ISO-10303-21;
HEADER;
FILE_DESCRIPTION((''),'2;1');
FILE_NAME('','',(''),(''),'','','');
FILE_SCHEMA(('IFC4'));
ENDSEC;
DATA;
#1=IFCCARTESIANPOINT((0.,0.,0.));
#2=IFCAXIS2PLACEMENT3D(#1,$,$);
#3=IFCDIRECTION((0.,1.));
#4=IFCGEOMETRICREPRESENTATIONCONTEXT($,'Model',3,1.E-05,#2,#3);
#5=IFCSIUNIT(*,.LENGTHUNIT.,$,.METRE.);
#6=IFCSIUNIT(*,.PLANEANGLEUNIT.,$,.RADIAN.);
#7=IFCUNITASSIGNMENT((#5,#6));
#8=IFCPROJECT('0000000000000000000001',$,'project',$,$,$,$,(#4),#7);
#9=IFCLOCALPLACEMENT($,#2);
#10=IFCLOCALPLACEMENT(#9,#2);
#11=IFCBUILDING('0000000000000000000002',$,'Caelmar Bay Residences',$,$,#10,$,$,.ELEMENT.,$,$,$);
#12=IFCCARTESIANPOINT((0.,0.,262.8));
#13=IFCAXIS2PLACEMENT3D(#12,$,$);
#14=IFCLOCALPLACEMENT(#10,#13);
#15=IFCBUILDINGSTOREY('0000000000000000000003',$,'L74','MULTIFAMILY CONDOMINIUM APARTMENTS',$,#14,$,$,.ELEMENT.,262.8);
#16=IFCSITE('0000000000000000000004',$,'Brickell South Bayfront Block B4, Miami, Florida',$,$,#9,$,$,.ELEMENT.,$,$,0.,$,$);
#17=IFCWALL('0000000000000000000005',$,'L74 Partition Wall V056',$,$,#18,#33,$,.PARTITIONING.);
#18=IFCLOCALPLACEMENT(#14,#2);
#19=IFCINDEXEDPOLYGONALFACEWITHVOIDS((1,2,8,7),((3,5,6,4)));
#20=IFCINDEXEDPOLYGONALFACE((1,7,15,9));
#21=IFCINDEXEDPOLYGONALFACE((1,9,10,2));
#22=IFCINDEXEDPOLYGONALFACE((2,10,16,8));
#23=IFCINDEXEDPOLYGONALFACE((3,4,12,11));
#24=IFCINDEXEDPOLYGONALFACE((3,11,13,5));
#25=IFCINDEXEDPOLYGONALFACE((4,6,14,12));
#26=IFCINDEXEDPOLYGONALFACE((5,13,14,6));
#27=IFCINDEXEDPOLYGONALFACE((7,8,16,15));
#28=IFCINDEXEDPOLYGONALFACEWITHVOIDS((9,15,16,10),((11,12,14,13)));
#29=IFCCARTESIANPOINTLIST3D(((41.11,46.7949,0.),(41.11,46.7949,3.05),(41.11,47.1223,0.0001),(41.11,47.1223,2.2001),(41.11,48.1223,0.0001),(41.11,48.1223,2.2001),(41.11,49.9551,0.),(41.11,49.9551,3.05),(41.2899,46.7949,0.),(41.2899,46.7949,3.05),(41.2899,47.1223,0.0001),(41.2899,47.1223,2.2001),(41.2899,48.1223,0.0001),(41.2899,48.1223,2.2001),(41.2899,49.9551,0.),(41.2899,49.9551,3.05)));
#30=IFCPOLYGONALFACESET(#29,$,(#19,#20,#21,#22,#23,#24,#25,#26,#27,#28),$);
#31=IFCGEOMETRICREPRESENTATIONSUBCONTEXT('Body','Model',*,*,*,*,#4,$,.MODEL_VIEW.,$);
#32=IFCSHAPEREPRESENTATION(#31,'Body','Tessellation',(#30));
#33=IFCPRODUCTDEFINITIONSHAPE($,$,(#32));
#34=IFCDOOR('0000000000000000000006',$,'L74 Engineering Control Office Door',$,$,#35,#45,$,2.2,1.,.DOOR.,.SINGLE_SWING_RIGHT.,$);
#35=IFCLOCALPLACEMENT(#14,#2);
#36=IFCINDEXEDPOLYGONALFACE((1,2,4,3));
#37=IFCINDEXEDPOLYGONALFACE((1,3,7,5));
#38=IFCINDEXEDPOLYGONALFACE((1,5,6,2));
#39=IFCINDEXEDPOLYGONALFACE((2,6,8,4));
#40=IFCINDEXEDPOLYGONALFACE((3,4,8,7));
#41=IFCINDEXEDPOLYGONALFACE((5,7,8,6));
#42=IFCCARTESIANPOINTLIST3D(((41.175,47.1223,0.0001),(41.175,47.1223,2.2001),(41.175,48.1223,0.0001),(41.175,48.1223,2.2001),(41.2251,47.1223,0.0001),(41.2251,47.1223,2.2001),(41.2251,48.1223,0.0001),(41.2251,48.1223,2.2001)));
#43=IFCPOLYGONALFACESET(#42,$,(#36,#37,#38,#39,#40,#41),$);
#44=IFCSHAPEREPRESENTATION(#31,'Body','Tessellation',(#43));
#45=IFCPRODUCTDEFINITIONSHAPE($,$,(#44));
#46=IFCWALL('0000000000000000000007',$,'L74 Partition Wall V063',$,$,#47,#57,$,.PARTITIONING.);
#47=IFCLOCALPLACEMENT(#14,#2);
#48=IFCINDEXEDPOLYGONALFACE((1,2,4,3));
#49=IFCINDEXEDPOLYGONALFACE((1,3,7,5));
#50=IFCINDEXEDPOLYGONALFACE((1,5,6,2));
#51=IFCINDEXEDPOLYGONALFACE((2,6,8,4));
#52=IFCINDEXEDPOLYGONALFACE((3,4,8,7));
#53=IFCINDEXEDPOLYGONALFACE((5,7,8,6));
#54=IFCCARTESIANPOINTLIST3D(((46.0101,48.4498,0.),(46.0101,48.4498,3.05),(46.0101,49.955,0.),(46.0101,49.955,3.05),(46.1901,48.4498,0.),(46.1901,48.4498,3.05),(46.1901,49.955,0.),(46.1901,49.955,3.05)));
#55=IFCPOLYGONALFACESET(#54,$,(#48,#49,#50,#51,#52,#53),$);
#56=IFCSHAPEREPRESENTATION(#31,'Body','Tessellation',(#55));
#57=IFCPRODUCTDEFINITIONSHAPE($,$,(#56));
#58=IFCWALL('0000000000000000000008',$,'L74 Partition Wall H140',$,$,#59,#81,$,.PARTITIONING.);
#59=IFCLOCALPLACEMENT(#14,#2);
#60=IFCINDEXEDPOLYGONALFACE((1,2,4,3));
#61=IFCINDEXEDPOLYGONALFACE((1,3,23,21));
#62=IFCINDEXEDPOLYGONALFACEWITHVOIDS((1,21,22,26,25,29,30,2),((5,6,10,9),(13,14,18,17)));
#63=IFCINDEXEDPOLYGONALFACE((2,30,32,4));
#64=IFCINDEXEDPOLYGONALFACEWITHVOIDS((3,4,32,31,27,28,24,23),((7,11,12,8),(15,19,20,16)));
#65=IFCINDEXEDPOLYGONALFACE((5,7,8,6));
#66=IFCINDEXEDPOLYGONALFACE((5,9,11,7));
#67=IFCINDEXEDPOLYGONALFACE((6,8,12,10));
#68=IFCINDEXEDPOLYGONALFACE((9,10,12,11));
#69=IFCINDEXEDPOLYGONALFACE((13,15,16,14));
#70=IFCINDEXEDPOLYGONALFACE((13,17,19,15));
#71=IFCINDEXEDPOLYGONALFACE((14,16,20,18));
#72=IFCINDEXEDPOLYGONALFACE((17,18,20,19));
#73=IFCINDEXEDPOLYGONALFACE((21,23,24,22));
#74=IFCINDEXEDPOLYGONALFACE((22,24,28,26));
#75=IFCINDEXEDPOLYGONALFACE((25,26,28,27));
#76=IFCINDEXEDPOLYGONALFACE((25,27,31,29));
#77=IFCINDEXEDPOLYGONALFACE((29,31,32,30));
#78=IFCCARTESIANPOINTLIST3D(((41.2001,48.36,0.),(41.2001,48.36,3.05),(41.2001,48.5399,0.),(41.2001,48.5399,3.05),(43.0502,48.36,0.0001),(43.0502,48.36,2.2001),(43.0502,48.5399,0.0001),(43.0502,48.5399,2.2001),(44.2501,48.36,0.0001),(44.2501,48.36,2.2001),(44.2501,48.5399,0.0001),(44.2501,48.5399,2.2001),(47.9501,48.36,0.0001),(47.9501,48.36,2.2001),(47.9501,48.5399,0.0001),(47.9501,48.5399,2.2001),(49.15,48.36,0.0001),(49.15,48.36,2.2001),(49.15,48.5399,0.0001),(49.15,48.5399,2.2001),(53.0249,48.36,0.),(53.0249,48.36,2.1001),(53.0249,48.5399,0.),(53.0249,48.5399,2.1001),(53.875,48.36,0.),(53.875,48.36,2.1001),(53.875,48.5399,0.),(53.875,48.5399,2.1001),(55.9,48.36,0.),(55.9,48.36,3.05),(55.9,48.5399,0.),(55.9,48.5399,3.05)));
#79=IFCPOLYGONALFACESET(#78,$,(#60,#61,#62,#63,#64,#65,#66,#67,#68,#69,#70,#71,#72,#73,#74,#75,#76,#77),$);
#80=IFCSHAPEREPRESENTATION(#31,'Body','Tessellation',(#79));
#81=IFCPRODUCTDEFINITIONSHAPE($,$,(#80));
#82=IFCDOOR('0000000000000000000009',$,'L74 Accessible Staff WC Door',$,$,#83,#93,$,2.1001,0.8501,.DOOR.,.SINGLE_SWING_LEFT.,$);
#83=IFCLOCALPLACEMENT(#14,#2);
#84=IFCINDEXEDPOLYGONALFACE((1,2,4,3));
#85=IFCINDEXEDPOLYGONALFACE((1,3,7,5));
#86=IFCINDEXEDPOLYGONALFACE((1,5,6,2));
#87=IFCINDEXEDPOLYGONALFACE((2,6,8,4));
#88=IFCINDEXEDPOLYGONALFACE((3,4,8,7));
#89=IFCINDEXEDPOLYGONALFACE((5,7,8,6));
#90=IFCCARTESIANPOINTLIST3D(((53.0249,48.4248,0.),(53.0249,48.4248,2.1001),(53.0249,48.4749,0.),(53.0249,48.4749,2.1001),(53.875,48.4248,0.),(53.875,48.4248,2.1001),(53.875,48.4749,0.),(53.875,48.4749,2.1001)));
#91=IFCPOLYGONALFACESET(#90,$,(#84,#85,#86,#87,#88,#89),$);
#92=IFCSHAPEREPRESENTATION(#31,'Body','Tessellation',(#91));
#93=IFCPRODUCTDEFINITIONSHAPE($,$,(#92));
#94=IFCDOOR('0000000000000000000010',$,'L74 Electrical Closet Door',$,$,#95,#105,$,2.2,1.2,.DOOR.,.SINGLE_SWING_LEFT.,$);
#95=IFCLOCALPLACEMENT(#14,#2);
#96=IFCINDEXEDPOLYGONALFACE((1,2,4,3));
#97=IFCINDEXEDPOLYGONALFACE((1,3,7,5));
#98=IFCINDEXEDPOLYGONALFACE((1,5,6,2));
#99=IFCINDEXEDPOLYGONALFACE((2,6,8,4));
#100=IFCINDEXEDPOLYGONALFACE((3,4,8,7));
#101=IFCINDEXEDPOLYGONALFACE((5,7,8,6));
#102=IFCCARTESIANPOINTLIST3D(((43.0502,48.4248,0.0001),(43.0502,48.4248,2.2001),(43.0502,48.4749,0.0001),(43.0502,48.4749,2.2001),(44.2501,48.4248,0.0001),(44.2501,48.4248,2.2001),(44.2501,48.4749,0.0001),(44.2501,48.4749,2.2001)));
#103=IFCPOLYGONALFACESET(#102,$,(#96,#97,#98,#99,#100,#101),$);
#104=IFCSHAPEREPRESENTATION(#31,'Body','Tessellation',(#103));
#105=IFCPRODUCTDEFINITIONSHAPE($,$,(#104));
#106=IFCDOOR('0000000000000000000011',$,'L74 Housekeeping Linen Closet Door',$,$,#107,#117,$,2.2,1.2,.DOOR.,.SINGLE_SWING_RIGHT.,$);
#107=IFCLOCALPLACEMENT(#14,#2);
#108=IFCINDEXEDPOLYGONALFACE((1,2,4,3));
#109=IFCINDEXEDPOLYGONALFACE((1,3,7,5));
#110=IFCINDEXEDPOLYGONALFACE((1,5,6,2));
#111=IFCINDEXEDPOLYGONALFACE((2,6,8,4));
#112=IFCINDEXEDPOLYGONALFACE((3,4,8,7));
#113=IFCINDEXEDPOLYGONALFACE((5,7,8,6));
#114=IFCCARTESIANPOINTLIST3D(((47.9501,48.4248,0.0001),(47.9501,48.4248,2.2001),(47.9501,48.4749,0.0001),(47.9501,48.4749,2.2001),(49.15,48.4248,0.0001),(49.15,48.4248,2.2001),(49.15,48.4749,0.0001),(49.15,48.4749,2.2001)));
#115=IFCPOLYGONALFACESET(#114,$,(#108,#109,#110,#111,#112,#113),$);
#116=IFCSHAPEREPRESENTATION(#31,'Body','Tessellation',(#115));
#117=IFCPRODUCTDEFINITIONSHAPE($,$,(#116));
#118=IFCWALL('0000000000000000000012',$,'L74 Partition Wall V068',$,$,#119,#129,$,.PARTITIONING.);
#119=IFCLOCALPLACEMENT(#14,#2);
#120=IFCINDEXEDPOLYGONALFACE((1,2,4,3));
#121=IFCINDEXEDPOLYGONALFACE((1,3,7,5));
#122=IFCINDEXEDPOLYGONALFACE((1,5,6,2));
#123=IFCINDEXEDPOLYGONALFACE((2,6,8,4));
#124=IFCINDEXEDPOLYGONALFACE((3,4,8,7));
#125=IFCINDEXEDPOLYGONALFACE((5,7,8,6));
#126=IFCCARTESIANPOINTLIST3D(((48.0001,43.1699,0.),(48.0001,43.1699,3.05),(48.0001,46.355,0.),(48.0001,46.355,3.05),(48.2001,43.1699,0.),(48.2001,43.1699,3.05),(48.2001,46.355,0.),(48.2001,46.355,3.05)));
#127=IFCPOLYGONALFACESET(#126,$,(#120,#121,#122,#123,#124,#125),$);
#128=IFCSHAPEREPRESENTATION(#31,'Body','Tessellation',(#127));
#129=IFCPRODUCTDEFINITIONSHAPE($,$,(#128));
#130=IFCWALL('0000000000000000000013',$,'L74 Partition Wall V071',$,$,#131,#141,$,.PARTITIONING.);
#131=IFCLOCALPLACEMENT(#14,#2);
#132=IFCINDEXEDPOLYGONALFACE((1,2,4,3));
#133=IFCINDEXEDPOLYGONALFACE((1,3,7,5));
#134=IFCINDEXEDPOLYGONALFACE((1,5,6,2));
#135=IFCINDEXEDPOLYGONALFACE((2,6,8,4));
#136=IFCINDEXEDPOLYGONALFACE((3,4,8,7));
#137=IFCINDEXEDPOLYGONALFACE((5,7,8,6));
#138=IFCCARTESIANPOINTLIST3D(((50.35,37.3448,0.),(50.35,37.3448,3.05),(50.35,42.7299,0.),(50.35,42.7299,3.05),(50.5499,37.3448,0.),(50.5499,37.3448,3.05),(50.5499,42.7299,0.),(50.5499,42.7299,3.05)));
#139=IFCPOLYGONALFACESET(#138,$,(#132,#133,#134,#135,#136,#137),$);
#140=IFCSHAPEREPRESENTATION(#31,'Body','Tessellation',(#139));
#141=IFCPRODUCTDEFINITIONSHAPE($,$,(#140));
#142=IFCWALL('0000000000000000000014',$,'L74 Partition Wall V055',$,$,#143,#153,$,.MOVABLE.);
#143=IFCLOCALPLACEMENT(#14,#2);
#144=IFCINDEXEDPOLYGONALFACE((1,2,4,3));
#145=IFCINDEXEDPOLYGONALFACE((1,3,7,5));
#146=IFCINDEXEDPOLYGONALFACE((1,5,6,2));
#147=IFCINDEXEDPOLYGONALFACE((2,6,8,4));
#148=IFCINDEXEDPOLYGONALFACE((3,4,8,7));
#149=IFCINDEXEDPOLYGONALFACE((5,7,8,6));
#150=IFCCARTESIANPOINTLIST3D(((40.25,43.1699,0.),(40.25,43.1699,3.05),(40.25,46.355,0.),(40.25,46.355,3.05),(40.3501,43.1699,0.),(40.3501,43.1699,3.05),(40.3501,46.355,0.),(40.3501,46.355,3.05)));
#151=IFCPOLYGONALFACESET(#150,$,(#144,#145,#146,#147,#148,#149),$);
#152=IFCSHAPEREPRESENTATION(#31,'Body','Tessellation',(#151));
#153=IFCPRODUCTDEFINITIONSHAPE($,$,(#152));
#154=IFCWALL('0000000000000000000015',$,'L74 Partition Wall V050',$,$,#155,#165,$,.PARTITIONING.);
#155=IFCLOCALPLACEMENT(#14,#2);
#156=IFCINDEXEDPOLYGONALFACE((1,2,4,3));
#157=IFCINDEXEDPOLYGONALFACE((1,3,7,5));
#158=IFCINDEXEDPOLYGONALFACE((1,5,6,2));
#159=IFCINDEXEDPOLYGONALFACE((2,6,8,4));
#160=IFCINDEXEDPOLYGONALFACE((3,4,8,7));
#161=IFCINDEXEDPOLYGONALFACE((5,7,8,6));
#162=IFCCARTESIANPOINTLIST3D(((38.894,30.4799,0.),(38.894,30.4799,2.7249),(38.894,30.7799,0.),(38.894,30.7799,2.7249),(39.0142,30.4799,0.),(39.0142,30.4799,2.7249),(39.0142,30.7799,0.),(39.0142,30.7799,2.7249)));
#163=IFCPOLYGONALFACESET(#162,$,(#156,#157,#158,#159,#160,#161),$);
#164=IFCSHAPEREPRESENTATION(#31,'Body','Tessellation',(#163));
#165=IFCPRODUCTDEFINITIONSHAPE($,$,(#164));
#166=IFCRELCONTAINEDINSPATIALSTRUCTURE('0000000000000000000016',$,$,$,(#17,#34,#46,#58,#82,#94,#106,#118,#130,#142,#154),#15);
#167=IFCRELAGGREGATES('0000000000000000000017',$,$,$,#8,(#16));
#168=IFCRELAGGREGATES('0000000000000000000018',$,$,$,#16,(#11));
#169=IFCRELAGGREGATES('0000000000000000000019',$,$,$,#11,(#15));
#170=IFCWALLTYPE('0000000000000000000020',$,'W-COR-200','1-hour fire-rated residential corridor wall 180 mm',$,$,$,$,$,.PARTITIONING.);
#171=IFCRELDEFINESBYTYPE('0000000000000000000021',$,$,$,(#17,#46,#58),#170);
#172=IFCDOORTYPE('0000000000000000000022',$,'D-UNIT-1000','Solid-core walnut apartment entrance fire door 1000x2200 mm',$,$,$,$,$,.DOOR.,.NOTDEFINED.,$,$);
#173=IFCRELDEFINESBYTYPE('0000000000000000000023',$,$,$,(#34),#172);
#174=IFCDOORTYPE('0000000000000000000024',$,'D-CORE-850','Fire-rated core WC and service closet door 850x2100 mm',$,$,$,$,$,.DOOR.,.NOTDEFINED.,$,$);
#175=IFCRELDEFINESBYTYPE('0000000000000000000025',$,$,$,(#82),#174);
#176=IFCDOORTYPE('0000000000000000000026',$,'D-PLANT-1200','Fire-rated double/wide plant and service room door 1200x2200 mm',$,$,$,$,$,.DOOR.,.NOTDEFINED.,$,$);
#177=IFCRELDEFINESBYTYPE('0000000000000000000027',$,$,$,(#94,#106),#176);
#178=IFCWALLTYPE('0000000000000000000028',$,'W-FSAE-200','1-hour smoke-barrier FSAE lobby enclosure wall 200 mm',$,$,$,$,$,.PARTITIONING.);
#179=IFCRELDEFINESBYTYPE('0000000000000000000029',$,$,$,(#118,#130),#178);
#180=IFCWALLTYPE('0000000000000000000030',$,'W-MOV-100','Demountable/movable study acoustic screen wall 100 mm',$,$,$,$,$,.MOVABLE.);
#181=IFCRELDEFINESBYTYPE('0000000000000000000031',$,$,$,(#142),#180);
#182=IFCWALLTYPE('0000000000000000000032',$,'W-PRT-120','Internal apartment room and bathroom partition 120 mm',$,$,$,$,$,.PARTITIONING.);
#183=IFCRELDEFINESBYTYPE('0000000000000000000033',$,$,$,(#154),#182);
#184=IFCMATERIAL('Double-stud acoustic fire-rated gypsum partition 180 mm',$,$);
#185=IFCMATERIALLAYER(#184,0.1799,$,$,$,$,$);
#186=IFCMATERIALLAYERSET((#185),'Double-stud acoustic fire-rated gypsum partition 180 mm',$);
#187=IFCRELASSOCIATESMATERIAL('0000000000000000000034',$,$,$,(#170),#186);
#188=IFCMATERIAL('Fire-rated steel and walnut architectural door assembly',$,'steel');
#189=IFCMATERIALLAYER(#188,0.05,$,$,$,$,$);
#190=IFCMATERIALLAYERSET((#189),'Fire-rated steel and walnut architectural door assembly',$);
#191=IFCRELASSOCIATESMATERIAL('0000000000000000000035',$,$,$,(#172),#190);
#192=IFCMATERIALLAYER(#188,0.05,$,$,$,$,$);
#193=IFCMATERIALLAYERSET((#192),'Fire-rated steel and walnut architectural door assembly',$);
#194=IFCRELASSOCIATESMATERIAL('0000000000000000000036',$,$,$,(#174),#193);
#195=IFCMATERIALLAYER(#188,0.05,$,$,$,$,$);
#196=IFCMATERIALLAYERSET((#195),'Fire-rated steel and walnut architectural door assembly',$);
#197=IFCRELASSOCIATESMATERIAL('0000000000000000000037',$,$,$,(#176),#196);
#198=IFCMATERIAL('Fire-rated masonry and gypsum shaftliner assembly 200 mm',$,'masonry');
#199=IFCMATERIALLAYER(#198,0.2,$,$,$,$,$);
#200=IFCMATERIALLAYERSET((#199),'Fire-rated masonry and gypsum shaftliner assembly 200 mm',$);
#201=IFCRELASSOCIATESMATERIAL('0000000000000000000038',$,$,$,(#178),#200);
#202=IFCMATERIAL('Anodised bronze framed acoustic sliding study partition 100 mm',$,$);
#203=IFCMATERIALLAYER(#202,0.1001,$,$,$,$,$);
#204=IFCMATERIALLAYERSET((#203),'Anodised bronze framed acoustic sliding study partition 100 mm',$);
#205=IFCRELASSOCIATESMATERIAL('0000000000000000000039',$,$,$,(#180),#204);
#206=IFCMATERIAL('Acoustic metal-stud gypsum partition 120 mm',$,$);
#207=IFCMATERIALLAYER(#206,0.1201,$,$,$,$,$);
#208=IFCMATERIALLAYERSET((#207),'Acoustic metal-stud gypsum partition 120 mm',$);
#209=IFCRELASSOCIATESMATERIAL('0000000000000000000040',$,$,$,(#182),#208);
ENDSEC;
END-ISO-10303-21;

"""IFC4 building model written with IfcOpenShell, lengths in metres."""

from ifc_helpers import new_model, si_unit, direction, frame, frame_2d, origin, place, context, subcontext, project, spatial, rectangle, extrude, material, layer, layer_set, type_object, element, fill, save


model = new_model("IFC4")

# Units and contexts
model_context = context("Model", 3, precision=1e-05, world=origin(), true_north=direction((0.0, 1.0)))
body_context = subcontext(model_context, "Body", "Model", "MODEL_VIEW")
ifc_project = project(units=[si_unit("LENGTHUNIT", "METRE"), si_unit("PLANEANGLEUNIT", "RADIAN")], contexts=[model_context])

# Site, building, storey
site_placement = place(None, origin())
site = spatial("IfcSite", under=ifc_project, at=site_placement, Name="Brickell South Bayfront Block B4, Miami, Florida", CompositionType="ELEMENT", RefElevation=0.0)
building_placement = place(site_placement, origin())
building = spatial("IfcBuilding", under=site, at=building_placement, Name="Caelmar Bay Residences", CompositionType="ELEMENT")
storey_placement = place(building_placement, frame((0.0, 0.0, 262.8)))
storey = spatial("IfcBuildingStorey", under=building, at=storey_placement, Name="L74", Description="MULTIFAMILY CONDOMINIUM APARTMENTS", CompositionType="ELEMENT", Elevation=262.8)

# Wall, opening, door
ifc_material_1 = material(Name="Double-stud acoustic fire-rated gypsum partition 180 mm")
ifc_layer_1 = layer(ifc_material_1, 0.1799)
ifc_layer_set_1 = layer_set([ifc_layer_1], Name="Double-stud acoustic fire-rated gypsum partition 180 mm")
wall_type_1 = type_object("IfcWallType", Name="W-COR-200", Description="1-hour fire-rated residential corridor wall 180 mm", PredefinedType="PARTITIONING", material=ifc_layer_set_1)
wall_1_placement = place(storey_placement, frame((41.2, 46.7949, 0.0), z_axis=(0.0, 0.0, 1.0), x_axis=(0.0, 1.0, 0.0)))
wall_1 = element("IfcWall", 1, at=wall_1_placement, inside=storey, type_object=wall_type_1, Name="L74 Partition Wall V056", PredefinedType="PARTITIONING", context=body_context, shape_type="SweptSolid", body=[
    extrude(rectangle(XDim=3.1602, YDim=0.1799, at=frame_2d((1.5801, 0.0))), origin(), (0.0, 0.0, 1.0), 3.05),
])
opening_1_placement = place(wall_1_placement, frame((0.3274, 0.0, 0.0)))
opening_1 = element("IfcOpeningElement", 2, at=opening_1_placement, cuts=wall_1, PredefinedType="OPENING", context=body_context, shape_type="SweptSolid", body=[
    extrude(rectangle(XDim=1.0, YDim=2.2, at=frame_2d((0.5, 1.1001))), frame((0.0, 0.0999, 0.0), z_axis=(0.0, -1.0, 0.0), x_axis=(1.0, 0.0, 0.0)), (0.0, 0.0, 1.0), 0.2),
])
ifc_material_2 = material(Name="Fire-rated steel and walnut architectural door assembly", Category="steel")
ifc_layer_2 = layer(ifc_material_2, 0.05)
ifc_layer_set_2 = layer_set([ifc_layer_2], Name="Fire-rated steel and walnut architectural door assembly")
door_type_1 = type_object("IfcDoorType", Name="D-UNIT-1000", Description="Solid-core walnut apartment entrance fire door 1000x2200 mm", OperationType="NOTDEFINED", PredefinedType="DOOR", material=ifc_layer_set_2)
door_1_placement = place(opening_1_placement, origin())
door_1 = element("IfcDoor", 3, at=door_1_placement, inside=storey, type_object=door_type_1, Name="L74 Engineering Control Office Door", OperationType="SINGLE_SWING_RIGHT", OverallHeight=2.2, OverallWidth=1.0, PredefinedType="DOOR", context=body_context, shape_type="SweptSolid", body=[
    extrude(rectangle(XDim=1.0, YDim=2.2, at=frame_2d((0.5, 1.1001))), frame((0.0, 0.0249, 0.0), z_axis=(0.0, -1.0, 0.0), x_axis=(1.0, 0.0, 0.0)), (0.0, 0.0, 1.0), 0.05),
])
fill(opening_1, door_1)

# Wall
wall_2_placement = place(storey_placement, frame((46.1001, 48.45, 0.0), z_axis=(0.0, 0.0, 1.0), x_axis=(0.0, 1.0, 0.0)))
element("IfcWall", 4, at=wall_2_placement, inside=storey, type_object=wall_type_1, Name="L74 Partition Wall V063", PredefinedType="PARTITIONING", context=body_context, shape_type="SweptSolid", body=[
    extrude(rectangle(XDim=1.5051, YDim=0.1799, at=frame_2d((0.7524, 0.0))), origin(), (0.0, 0.0, 1.0), 3.05),
])

# Wall, openings, doors
wall_3_placement = place(storey_placement, frame((41.2, 48.45, 0.0), z_axis=(0.0, 0.0, 1.0), x_axis=(1.0, 0.0, 0.0)))
wall_3 = element("IfcWall", 5, at=wall_3_placement, inside=storey, type_object=wall_type_1, Name="L74 Partition Wall H140", PredefinedType="PARTITIONING", context=body_context, shape_type="SweptSolid", body=[
    extrude(rectangle(XDim=14.7, YDim=0.1799, at=frame_2d((7.3501, 0.0))), origin(), (0.0, 0.0, 1.0), 3.05),
])
opening_2_placement = place(wall_3_placement, frame((1.8501, 0.0, 0.0)))
opening_2 = element("IfcOpeningElement", 6, at=opening_2_placement, cuts=wall_3, PredefinedType="OPENING", context=body_context, shape_type="SweptSolid", body=[
    extrude(rectangle(XDim=1.2, YDim=2.2, at=frame_2d((0.6001, 1.1001))), frame((0.0, 0.0999, 0.0), z_axis=(0.0, -1.0, 0.0), x_axis=(1.0, 0.0, 0.0)), (0.0, 0.0, 1.0), 0.2),
])
opening_3_placement = place(wall_3_placement, frame((6.75, 0.0, 0.0)))
opening_3 = element("IfcOpeningElement", 7, at=opening_3_placement, cuts=wall_3, PredefinedType="OPENING", context=body_context, shape_type="SweptSolid", body=[
    extrude(rectangle(XDim=1.2, YDim=2.2, at=frame_2d((0.6001, 1.1001))), frame((0.0, 0.0999, 0.0), z_axis=(0.0, -1.0, 0.0), x_axis=(1.0, 0.0, 0.0)), (0.0, 0.0, 1.0), 0.2),
])
opening_4_placement = place(wall_3_placement, frame((11.825, 0.0, 0.0)))
opening_4 = element("IfcOpeningElement", 8, at=opening_4_placement, cuts=wall_3, PredefinedType="OPENING", context=body_context, shape_type="SweptSolid", body=[
    extrude(rectangle(XDim=0.8501, YDim=2.1001, at=frame_2d((0.425, 1.05))), frame((0.0, 0.0999, 0.0), z_axis=(0.0, -1.0, 0.0), x_axis=(1.0, 0.0, 0.0)), (0.0, 0.0, 1.0), 0.2),
])
ifc_layer_3 = layer(ifc_material_2, 0.05)
ifc_layer_set_3 = layer_set([ifc_layer_3], Name="Fire-rated steel and walnut architectural door assembly")
door_type_2 = type_object("IfcDoorType", Name="D-CORE-850", Description="Fire-rated core WC and service closet door 850x2100 mm", OperationType="NOTDEFINED", PredefinedType="DOOR", material=ifc_layer_set_3)
door_2_placement = place(opening_4_placement, origin())
door_2 = element("IfcDoor", 9, at=door_2_placement, inside=storey, type_object=door_type_2, Name="L74 Accessible Staff WC Door", OperationType="SINGLE_SWING_LEFT", OverallHeight=2.1001, OverallWidth=0.8501, PredefinedType="DOOR", context=body_context, shape_type="SweptSolid", body=[
    extrude(rectangle(XDim=0.8501, YDim=2.1001, at=frame_2d((0.425, 1.05))), frame((0.0, 0.0249, 0.0), z_axis=(0.0, -1.0, 0.0), x_axis=(1.0, 0.0, 0.0)), (0.0, 0.0, 1.0), 0.05),
])
fill(opening_4, door_2)
ifc_layer_4 = layer(ifc_material_2, 0.05)
ifc_layer_set_4 = layer_set([ifc_layer_4], Name="Fire-rated steel and walnut architectural door assembly")
door_type_3 = type_object("IfcDoorType", Name="D-PLANT-1200", Description="Fire-rated double/wide plant and service room door 1200x2200 mm", OperationType="NOTDEFINED", PredefinedType="DOOR", material=ifc_layer_set_4)
door_3_placement = place(opening_2_placement, origin())
door_3 = element("IfcDoor", 10, at=door_3_placement, inside=storey, type_object=door_type_3, Name="L74 Electrical Closet Door", OperationType="SINGLE_SWING_LEFT", OverallHeight=2.2, OverallWidth=1.2, PredefinedType="DOOR", context=body_context, shape_type="SweptSolid", body=[
    extrude(rectangle(XDim=1.2, YDim=2.2, at=frame_2d((0.6001, 1.1001))), frame((0.0, 0.0249, 0.0), z_axis=(0.0, -1.0, 0.0), x_axis=(1.0, 0.0, 0.0)), (0.0, 0.0, 1.0), 0.05),
])
fill(opening_2, door_3)
door_4_placement = place(opening_3_placement, origin())
door_4 = element("IfcDoor", 11, at=door_4_placement, inside=storey, type_object=door_type_3, Name="L74 Housekeeping Linen Closet Door", OperationType="SINGLE_SWING_RIGHT", OverallHeight=2.2, OverallWidth=1.2, PredefinedType="DOOR", context=body_context, shape_type="SweptSolid", body=[
    extrude(rectangle(XDim=1.2, YDim=2.2, at=frame_2d((0.6001, 1.1001))), frame((0.0, 0.0249, 0.0), z_axis=(0.0, -1.0, 0.0), x_axis=(1.0, 0.0, 0.0)), (0.0, 0.0, 1.0), 0.05),
])
fill(opening_3, door_4)

# Walls
ifc_material_3 = material(Name="Fire-rated masonry and gypsum shaftliner assembly 200 mm", Category="masonry")
ifc_layer_5 = layer(ifc_material_3, 0.2)
ifc_layer_set_5 = layer_set([ifc_layer_5], Name="Fire-rated masonry and gypsum shaftliner assembly 200 mm")
wall_type_2 = type_object("IfcWallType", Name="W-FSAE-200", Description="1-hour smoke-barrier FSAE lobby enclosure wall 200 mm", PredefinedType="PARTITIONING", material=ifc_layer_set_5)
wall_4_placement = place(storey_placement, frame((48.1001, 43.1699, 0.0), z_axis=(0.0, 0.0, 1.0), x_axis=(0.0, 1.0, 0.0)))
element("IfcWall", 12, at=wall_4_placement, inside=storey, type_object=wall_type_2, Name="L74 Partition Wall V068", PredefinedType="PARTITIONING", context=body_context, shape_type="SweptSolid", body=[
    extrude(rectangle(XDim=3.1851, YDim=0.2, at=frame_2d((1.5925, 0.0))), origin(), (0.0, 0.0, 1.0), 3.05),
])
wall_5_placement = place(storey_placement, frame((50.45, 37.345, 0.0), z_axis=(0.0, 0.0, 1.0), x_axis=(0.0, 1.0, 0.0)))
element("IfcWall", 13, at=wall_5_placement, inside=storey, type_object=wall_type_2, Name="L74 Partition Wall V071", PredefinedType="PARTITIONING", context=body_context, shape_type="SweptSolid", body=[
    extrude(rectangle(XDim=5.385, YDim=0.2, at=frame_2d((2.6924, 0.0))), origin(), (0.0, 0.0, 1.0), 3.05),
])
ifc_material_4 = material(Name="Anodised bronze framed acoustic sliding study partition 100 mm")
ifc_layer_6 = layer(ifc_material_4, 0.1001)
ifc_layer_set_6 = layer_set([ifc_layer_6], Name="Anodised bronze framed acoustic sliding study partition 100 mm")
wall_type_3 = type_object("IfcWallType", Name="W-MOV-100", Description="Demountable/movable study acoustic screen wall 100 mm", PredefinedType="MOVABLE", material=ifc_layer_set_6)
wall_6_placement = place(storey_placement, frame((40.3, 43.1699, 0.0), z_axis=(0.0, 0.0, 1.0), x_axis=(0.0, 1.0, 0.0)))
element("IfcWall", 14, at=wall_6_placement, inside=storey, type_object=wall_type_3, Name="L74 Partition Wall V055", PredefinedType="MOVABLE", context=body_context, shape_type="SweptSolid", body=[
    extrude(rectangle(XDim=3.1851, YDim=0.1001, at=frame_2d((1.5925, 0.0))), origin(), (0.0, 0.0, 1.0), 3.05),
])
ifc_material_5 = material(Name="Acoustic metal-stud gypsum partition 120 mm")
ifc_layer_7 = layer(ifc_material_5, 0.1201)
ifc_layer_set_7 = layer_set([ifc_layer_7], Name="Acoustic metal-stud gypsum partition 120 mm")
wall_type_4 = type_object("IfcWallType", Name="W-PRT-120", Description="Internal apartment room and bathroom partition 120 mm", PredefinedType="PARTITIONING", material=ifc_layer_set_7)
wall_7_placement = place(storey_placement, frame((38.9541, 30.48, 0.0), z_axis=(0.0, 0.0, 1.0), x_axis=(0.0, 1.0, 0.0)))
element("IfcWall", 15, at=wall_7_placement, inside=storey, type_object=wall_type_4, Name="L74 Partition Wall V050", PredefinedType="PARTITIONING", context=body_context, shape_type="SweptSolid", body=[
    extrude(rectangle(XDim=0.3, YDim=0.1201, at=frame_2d((0.1499, 0.0))), origin(), (0.0, 0.0, 1.0), 2.7249),
])

save(model, "model.ifc")
